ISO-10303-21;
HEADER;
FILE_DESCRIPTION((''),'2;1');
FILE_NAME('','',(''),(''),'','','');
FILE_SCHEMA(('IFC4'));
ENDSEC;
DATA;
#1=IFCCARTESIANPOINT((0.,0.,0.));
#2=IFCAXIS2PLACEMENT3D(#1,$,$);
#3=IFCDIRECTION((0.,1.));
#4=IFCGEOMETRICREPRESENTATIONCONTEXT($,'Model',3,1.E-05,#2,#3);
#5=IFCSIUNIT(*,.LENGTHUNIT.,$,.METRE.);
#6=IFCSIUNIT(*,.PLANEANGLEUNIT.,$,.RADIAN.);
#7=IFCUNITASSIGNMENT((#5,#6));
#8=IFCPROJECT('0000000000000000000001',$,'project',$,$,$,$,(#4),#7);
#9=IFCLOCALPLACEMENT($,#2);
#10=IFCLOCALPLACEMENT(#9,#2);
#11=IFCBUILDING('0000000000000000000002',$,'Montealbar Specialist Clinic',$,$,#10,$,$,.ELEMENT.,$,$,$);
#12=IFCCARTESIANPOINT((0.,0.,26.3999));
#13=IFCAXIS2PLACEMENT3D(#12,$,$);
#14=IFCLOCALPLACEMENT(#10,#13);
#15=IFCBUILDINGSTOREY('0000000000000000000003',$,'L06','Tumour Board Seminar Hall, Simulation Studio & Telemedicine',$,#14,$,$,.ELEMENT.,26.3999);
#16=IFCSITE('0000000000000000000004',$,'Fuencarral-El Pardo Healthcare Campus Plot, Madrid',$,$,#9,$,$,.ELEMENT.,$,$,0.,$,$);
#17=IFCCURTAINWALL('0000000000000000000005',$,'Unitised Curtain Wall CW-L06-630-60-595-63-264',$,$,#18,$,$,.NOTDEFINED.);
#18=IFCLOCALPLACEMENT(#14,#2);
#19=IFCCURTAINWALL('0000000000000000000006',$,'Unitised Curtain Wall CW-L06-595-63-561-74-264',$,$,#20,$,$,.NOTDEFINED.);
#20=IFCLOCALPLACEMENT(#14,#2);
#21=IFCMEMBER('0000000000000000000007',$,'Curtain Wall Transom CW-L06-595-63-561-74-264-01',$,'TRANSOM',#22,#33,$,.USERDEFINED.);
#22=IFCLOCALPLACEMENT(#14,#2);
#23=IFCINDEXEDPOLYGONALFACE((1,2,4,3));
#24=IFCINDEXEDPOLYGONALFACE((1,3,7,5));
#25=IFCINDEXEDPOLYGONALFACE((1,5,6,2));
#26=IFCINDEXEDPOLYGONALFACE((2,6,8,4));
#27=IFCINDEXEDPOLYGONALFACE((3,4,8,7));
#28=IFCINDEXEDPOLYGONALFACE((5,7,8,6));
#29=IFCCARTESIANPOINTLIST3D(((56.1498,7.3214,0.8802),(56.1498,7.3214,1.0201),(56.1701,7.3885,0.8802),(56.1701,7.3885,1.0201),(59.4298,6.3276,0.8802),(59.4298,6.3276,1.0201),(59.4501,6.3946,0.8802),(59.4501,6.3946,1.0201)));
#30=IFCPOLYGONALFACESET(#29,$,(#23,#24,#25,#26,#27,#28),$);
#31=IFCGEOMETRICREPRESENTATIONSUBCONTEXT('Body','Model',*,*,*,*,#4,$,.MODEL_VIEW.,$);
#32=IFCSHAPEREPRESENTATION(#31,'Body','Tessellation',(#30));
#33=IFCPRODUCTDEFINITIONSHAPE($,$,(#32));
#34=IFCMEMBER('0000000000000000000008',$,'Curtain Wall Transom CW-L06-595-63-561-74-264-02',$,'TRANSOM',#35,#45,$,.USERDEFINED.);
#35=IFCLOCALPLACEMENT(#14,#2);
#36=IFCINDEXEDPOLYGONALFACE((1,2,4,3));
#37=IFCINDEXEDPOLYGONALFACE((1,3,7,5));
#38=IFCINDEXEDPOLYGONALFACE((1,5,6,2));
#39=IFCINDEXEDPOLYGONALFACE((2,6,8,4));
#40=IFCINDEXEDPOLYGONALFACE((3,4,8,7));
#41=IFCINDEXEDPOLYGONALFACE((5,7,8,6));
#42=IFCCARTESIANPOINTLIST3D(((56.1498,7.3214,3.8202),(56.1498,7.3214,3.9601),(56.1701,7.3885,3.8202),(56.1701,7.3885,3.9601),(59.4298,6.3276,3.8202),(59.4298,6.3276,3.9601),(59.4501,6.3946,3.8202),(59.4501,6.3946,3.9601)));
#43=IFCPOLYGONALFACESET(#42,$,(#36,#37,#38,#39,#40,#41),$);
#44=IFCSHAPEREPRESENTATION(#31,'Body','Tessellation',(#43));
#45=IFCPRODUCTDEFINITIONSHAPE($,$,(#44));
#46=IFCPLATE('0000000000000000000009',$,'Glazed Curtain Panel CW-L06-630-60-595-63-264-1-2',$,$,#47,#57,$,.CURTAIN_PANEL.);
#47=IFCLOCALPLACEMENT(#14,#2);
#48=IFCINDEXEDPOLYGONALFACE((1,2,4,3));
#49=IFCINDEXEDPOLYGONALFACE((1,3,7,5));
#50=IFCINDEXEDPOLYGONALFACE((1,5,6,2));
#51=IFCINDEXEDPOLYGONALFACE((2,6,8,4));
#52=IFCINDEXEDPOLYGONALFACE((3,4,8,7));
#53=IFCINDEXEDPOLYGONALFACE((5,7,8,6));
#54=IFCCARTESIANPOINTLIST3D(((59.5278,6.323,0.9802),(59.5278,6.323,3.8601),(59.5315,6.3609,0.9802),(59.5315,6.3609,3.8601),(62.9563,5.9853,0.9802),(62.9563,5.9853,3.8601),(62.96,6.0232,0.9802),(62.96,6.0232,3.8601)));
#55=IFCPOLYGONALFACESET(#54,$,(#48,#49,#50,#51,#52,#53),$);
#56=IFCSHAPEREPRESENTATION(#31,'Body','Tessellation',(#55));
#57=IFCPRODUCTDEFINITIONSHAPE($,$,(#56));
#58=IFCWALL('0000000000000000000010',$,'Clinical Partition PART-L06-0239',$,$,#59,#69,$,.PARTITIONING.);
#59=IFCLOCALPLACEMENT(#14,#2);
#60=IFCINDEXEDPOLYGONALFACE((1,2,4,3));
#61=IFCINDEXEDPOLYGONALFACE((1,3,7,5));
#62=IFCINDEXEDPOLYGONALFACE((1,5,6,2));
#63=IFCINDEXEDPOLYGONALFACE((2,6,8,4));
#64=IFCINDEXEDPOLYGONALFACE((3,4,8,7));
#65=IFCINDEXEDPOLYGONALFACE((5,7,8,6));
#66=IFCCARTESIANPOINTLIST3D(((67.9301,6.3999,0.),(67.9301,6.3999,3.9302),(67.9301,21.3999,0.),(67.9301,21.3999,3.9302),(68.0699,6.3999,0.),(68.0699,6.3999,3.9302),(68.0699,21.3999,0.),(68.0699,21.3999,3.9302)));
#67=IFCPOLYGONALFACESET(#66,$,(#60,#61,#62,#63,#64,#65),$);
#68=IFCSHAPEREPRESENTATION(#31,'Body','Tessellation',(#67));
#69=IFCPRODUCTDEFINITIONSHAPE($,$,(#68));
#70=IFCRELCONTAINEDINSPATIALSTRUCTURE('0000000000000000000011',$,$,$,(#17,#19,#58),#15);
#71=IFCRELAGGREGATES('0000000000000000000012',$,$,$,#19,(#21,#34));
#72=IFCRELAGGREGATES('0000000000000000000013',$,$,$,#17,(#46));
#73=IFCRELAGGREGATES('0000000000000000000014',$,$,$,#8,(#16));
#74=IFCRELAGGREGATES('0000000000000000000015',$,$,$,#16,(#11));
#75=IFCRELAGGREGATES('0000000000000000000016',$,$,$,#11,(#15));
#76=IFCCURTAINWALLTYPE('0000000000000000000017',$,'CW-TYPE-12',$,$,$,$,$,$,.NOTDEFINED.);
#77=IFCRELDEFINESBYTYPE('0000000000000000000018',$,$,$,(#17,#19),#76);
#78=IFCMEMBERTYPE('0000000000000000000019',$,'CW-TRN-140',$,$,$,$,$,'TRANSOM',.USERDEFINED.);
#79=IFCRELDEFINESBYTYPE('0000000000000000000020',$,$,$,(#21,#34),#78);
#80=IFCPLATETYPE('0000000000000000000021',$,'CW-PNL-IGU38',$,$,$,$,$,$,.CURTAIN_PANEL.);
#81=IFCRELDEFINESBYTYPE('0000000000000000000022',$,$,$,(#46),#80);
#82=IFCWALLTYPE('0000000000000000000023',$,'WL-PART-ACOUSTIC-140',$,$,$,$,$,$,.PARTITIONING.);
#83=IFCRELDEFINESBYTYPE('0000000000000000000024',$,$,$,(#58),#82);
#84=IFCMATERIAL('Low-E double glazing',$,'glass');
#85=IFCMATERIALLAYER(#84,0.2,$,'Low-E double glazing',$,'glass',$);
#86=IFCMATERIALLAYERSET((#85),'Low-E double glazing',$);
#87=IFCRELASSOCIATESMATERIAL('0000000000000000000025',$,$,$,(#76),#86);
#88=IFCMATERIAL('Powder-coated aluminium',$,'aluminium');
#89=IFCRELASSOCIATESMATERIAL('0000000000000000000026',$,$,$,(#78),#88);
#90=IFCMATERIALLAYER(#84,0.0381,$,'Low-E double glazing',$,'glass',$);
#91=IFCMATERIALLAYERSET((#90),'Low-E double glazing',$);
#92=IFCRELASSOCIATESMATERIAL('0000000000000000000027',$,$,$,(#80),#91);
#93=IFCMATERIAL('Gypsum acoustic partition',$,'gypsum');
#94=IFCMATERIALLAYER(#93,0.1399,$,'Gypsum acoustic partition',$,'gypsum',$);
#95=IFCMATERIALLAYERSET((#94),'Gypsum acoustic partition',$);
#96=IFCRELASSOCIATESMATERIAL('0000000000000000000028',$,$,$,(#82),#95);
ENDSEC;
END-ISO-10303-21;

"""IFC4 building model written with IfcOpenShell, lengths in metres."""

from ifc_helpers import new_model, si_unit, direction, frame, frame_2d, origin, origin_2d, place, context, subcontext, project, spatial, rectangle, extrude, material, layer, layer_set, material_profile, profile_set, type_object, element, aggregate, save


model = new_model("IFC4")

# Units and contexts
model_context = context("Model", 3, precision=1e-05, world=origin(), true_north=direction((0.0, 1.0)))
body_context = subcontext(model_context, "Body", "Model", "MODEL_VIEW")
ifc_project = project(units=[si_unit("LENGTHUNIT", "METRE"), si_unit("PLANEANGLEUNIT", "RADIAN")], contexts=[model_context])

# Site, building, storey
site_placement = place(None, origin())
site = spatial("IfcSite", under=ifc_project, at=site_placement, Name="Fuencarral-El Pardo Healthcare Campus Plot, Madrid", CompositionType="ELEMENT", RefElevation=0.0)
building_placement = place(site_placement, origin())
building = spatial("IfcBuilding", under=site, at=building_placement, Name="Montealbar Specialist Clinic", CompositionType="ELEMENT")
storey_placement = place(building_placement, frame((0.0, 0.0, 26.3999)))
storey = spatial("IfcBuildingStorey", under=building, at=storey_placement, Name="L06", Description="Tumour Board Seminar Hall, Simulation Studio & Telemedicine", CompositionType="ELEMENT", Elevation=26.3999)

# Curtain wall
ifc_material_1 = material(Name="Low-E double glazing", Category="glass")
ifc_layer_1 = layer(ifc_material_1, 0.2, Name="Low-E double glazing", Category="glass")
ifc_layer_set_1 = layer_set([ifc_layer_1], Name="Low-E double glazing")
curtain_wall_type = type_object("IfcCurtainWallType", Name="CW-TYPE-12", PredefinedType="NOTDEFINED", material=ifc_layer_set_1)
curtain_wall_1_placement = place(storey_placement, origin())
curtain_wall_1 = element("IfcCurtainWall", 1, at=curtain_wall_1_placement, inside=storey, type_object=curtain_wall_type, Name="Unitised Curtain Wall CW-L06-630-60-595-63-264", PredefinedType="NOTDEFINED")

# Curtain wall, members
curtain_wall_2_placement = place(storey_placement, origin())
curtain_wall_2 = element("IfcCurtainWall", 2, at=curtain_wall_2_placement, inside=storey, type_object=curtain_wall_type, Name="Unitised Curtain Wall CW-L06-595-63-561-74-264", PredefinedType="NOTDEFINED")
ifc_material_2 = material(Name="Powder-coated aluminium", Category="aluminium")
ifc_material_profile_1 = material_profile(ifc_material_2, rectangle(XDim=0.0701, YDim=0.1399, at=origin_2d()), Name="ALU 70x140", Category="aluminium")
ifc_profile_set_1 = profile_set([ifc_material_profile_1], Name="Powder-coated aluminium")
member_type_1 = type_object("IfcMemberType", Name="CW-TRN-140", ElementType="TRANSOM", PredefinedType="USERDEFINED", material=ifc_profile_set_1)
member_1_placement = place(storey_placement, frame((59.4399, 6.3611, 0.9502), z_axis=(-0.957029, 0.289994, 0.0), x_axis=(-0.289994, -0.957029, 0.0)))
member_1 = element("IfcMember", 3, at=member_1_placement, type_object=member_type_1, Name="Curtain Wall Transom CW-L06-595-63-561-74-264-01", ObjectType="TRANSOM", PredefinedType="USERDEFINED", context=body_context, shape_type="SweptSolid", body=[
    extrude(rectangle(XDim=0.0701, YDim=0.1399, at=origin_2d()), origin(), (0.0, 0.0, 1.0), 3.4272),
])
member_2_placement = place(storey_placement, frame((59.4399, 6.3611, 3.8901), z_axis=(-0.957029, 0.289994, 0.0), x_axis=(-0.289994, -0.957029, 0.0)))
member_2 = element("IfcMember", 4, at=member_2_placement, type_object=member_type_1, Name="Curtain Wall Transom CW-L06-595-63-561-74-264-02", ObjectType="TRANSOM", PredefinedType="USERDEFINED", context=body_context, shape_type="SweptSolid", body=[
    extrude(rectangle(XDim=0.0701, YDim=0.1399, at=origin_2d()), origin(), (0.0, 0.0, 1.0), 3.4272),
])
aggregate(curtain_wall_2, [member_1, member_2])

# Plate
ifc_layer_2 = layer(ifc_material_1, 0.0381, Name="Low-E double glazing", Category="glass")
ifc_layer_set_2 = layer_set([ifc_layer_2], Name="Low-E double glazing")
plate_type = type_object("IfcPlateType", Name="CW-PNL-IGU38", PredefinedType="CURTAIN_PANEL", material=ifc_layer_set_2)
plate_placement = place(storey_placement, frame((61.2439, 6.1731, 0.9802), z_axis=(0.0, 0.0, 1.0), x_axis=(-0.995182, 0.098045, 0.0)))
plate = element("IfcPlate", 5, at=plate_placement, type_object=plate_type, Name="Glazed Curtain Panel CW-L06-630-60-595-63-264-1-2", PredefinedType="CURTAIN_PANEL", context=body_context, shape_type="SweptSolid", body=[
    extrude(rectangle(XDim=3.4451, YDim=0.0381, at=origin_2d()), origin(), (0.0, 0.0, 1.0), 2.8799),
])
aggregate(curtain_wall_1, [plate])

# Wall
ifc_material_3 = material(Name="Gypsum acoustic partition", Category="gypsum")
ifc_layer_3 = layer(ifc_material_3, 0.1399, Name="Gypsum acoustic partition", Category="gypsum")
ifc_layer_set_3 = layer_set([ifc_layer_3], Name="Gypsum acoustic partition")
wall_type = type_object("IfcWallType", Name="WL-PART-ACOUSTIC-140", PredefinedType="PARTITIONING", material=ifc_layer_set_3)
wall_placement = place(storey_placement, frame((68.0, 6.3999, 0.0), z_axis=(0.0, 0.0, 1.0), x_axis=(0.0, 1.0, 0.0)))
element("IfcWall", 6, at=wall_placement, inside=storey, type_object=wall_type, Name="Clinical Partition PART-L06-0239", PredefinedType="PARTITIONING", context=body_context, shape_type="SweptSolid", body=[
    extrude(rectangle(XDim=15.0, YDim=0.1399, at=frame_2d((7.5, 0.0))), origin(), (0.0, 0.0, 1.0), 3.9302),
])

save(model, "model.ifc")
